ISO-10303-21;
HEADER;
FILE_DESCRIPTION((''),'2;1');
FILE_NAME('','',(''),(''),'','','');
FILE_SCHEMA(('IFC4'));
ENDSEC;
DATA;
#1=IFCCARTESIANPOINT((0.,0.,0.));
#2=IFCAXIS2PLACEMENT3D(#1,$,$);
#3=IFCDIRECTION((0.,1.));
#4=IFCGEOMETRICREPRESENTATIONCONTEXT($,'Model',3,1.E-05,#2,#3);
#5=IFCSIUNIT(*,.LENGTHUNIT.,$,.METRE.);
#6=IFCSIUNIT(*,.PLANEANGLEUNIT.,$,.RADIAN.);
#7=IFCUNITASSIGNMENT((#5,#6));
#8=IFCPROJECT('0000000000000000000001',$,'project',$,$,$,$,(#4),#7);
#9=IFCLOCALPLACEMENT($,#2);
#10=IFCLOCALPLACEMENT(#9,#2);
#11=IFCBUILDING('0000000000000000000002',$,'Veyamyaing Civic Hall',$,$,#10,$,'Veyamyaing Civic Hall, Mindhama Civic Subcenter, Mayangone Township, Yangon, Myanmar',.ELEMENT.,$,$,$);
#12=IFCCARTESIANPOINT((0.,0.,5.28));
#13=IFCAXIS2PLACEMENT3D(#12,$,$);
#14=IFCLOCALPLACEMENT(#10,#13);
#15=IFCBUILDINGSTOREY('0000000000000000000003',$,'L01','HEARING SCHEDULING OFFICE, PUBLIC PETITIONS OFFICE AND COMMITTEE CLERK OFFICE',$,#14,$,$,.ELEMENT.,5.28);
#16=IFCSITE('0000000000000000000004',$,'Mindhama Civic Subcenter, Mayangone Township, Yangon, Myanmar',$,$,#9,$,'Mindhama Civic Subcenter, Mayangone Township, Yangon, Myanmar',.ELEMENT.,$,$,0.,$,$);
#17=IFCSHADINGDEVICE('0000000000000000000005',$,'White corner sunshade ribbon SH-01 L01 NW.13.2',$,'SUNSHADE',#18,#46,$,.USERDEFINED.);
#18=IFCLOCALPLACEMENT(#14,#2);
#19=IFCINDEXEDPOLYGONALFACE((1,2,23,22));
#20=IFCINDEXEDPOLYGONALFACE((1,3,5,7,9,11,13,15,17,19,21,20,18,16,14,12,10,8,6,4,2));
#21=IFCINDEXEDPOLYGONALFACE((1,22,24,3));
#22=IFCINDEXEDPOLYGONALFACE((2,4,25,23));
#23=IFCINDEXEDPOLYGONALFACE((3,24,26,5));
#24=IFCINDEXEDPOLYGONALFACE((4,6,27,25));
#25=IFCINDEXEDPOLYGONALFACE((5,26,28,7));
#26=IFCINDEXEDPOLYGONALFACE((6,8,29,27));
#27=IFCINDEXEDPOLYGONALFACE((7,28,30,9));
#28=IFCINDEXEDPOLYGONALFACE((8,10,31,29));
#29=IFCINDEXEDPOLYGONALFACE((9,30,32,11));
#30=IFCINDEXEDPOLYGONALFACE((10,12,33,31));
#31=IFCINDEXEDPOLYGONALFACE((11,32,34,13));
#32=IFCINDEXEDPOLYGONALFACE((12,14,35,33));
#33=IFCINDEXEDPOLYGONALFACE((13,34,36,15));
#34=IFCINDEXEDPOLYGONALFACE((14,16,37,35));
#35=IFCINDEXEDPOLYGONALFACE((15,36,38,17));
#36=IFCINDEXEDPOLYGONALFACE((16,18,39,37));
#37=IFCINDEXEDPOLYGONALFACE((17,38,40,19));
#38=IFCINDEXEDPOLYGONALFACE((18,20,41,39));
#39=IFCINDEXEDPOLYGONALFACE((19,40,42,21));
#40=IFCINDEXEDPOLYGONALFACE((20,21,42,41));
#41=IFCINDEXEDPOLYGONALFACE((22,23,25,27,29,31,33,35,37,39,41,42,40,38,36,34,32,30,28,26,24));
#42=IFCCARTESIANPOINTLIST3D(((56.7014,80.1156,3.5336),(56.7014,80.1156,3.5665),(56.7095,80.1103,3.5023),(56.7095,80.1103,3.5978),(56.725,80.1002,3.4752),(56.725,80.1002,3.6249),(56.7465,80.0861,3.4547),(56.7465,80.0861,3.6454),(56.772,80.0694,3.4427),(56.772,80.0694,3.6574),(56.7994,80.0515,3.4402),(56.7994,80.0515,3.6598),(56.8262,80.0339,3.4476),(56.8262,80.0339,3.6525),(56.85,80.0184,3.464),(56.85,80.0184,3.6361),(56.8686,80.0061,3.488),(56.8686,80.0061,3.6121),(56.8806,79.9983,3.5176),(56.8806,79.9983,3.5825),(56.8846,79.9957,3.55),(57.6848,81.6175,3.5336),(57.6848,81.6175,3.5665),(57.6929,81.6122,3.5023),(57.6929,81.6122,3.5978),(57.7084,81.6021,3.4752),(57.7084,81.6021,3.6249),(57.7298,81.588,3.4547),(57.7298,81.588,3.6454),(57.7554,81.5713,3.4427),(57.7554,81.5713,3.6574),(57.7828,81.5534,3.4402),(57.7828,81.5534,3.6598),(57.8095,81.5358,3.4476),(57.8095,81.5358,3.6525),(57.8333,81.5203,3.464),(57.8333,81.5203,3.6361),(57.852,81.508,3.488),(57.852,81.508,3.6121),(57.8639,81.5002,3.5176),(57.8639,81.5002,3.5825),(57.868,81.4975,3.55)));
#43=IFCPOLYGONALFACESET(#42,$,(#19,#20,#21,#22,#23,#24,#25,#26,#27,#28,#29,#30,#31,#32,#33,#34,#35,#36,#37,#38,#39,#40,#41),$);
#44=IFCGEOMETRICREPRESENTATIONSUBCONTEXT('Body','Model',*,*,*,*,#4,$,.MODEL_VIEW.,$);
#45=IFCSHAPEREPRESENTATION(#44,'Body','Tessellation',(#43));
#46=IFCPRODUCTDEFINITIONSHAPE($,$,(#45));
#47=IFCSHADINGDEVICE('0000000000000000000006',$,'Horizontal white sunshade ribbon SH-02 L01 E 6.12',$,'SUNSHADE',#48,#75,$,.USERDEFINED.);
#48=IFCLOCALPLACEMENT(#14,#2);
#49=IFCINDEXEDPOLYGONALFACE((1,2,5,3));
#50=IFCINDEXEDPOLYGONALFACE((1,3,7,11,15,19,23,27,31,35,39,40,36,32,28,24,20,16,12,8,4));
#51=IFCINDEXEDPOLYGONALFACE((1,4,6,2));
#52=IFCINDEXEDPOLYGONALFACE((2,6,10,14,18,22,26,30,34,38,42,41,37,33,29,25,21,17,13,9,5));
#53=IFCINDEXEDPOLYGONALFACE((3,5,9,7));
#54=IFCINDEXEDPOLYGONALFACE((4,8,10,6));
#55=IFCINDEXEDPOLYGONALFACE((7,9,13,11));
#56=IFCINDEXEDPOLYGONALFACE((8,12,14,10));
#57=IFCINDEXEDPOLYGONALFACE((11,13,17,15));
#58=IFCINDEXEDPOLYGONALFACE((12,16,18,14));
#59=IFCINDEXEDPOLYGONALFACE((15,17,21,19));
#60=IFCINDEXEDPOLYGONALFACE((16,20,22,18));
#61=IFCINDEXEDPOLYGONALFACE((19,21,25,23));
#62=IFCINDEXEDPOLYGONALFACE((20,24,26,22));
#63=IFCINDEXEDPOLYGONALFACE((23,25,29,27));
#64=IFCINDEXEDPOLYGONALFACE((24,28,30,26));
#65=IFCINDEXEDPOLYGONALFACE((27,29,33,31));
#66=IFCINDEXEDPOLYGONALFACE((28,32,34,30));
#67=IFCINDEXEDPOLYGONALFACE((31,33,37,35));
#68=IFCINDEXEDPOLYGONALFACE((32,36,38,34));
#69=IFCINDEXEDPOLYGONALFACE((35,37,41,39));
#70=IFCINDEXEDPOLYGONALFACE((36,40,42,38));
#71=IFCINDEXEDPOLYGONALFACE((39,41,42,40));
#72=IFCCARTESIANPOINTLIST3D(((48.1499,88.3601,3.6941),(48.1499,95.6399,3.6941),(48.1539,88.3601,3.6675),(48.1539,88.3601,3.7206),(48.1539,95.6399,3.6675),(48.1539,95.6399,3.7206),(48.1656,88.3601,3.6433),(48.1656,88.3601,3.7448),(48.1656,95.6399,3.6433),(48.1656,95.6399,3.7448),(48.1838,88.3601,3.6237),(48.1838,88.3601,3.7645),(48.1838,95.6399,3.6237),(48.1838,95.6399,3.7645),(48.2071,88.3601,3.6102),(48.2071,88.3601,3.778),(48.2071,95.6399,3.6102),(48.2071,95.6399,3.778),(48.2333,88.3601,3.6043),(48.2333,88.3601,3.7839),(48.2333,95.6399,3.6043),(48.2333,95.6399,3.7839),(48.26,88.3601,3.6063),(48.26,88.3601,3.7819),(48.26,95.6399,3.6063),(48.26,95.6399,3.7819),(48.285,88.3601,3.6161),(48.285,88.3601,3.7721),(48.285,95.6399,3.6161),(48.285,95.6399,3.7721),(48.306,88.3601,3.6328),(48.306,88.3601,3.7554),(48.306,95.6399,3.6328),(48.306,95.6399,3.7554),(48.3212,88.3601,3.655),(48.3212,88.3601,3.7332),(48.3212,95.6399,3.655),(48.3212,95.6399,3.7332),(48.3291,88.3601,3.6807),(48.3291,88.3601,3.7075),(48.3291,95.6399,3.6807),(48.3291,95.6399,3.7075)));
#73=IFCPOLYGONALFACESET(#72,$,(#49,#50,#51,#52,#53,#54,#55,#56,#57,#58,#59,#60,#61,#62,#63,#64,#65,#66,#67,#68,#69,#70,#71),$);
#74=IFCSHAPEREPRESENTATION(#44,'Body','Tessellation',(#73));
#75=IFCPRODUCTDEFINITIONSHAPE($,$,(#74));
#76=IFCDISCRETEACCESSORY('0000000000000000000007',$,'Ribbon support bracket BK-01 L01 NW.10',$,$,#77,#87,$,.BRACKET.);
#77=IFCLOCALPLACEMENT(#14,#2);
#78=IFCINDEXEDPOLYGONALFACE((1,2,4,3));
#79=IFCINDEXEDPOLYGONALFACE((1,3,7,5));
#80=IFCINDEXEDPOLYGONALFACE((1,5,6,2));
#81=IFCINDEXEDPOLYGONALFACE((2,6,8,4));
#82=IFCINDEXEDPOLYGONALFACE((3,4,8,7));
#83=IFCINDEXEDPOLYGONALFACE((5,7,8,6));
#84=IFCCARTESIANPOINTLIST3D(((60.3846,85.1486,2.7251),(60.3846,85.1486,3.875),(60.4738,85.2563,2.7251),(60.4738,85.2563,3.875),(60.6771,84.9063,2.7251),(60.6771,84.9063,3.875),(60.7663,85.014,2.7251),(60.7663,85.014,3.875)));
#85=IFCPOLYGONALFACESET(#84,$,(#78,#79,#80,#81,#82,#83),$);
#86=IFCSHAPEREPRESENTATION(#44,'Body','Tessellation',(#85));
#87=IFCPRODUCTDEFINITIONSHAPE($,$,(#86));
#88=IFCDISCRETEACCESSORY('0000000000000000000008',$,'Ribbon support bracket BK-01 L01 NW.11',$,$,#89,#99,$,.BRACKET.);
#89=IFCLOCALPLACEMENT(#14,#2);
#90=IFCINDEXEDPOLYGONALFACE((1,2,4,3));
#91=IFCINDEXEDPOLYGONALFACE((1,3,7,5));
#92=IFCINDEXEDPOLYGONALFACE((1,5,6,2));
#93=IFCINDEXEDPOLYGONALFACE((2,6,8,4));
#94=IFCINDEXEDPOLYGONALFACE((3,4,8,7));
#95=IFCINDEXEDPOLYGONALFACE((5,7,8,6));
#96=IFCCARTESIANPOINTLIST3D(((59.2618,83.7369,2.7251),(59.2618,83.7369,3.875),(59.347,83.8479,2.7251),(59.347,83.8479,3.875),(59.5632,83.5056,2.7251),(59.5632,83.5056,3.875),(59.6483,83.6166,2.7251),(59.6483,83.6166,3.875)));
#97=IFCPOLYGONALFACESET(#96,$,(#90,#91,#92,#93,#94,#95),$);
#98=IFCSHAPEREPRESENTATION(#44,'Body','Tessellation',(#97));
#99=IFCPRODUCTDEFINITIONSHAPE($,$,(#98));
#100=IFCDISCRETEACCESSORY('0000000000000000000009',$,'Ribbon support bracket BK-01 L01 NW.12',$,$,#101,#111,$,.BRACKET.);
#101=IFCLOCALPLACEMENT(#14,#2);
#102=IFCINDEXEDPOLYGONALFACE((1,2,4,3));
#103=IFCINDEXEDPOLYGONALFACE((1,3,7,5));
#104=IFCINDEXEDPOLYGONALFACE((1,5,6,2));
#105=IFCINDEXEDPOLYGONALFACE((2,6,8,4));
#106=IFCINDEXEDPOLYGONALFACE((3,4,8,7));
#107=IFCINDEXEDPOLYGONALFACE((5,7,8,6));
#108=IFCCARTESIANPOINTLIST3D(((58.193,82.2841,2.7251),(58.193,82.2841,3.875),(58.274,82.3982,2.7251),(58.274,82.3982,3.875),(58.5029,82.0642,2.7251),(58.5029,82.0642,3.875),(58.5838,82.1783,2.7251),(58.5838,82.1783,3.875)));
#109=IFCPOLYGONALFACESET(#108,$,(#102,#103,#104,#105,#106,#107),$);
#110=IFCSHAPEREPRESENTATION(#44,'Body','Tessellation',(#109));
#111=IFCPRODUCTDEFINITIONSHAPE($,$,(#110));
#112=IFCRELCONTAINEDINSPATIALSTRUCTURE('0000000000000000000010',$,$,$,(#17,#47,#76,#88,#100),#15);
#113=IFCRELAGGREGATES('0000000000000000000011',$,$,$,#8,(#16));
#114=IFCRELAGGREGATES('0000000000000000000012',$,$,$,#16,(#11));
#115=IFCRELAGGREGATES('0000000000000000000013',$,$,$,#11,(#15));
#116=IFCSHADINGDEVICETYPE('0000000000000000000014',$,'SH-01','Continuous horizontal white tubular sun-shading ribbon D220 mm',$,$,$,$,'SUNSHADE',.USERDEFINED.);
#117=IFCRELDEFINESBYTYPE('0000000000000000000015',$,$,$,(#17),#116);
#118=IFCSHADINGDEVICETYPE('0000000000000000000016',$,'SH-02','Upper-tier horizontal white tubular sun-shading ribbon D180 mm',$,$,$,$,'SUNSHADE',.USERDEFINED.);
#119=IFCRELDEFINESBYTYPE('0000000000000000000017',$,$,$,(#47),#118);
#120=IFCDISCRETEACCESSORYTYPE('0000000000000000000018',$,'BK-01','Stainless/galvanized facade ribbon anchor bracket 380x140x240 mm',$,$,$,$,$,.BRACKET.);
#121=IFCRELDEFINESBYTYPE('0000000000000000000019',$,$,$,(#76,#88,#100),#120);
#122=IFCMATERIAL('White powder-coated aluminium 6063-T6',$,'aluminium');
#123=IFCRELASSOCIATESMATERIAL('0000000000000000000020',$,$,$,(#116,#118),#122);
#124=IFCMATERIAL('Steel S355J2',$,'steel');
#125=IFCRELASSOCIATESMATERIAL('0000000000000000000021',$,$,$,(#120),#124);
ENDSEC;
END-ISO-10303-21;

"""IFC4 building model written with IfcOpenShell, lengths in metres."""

from ifc_helpers import new_model, si_unit, direction, frame, origin, origin_2d, place, context, subcontext, project, spatial, rectangle, circle, extrude, material, material_profile, profile_set, type_object, element, save


model = new_model("IFC4")

# Units and contexts
model_context = context("Model", 3, precision=1e-05, world=origin(), true_north=direction((0.0, 1.0)))
body_context = subcontext(model_context, "Body", "Model", "MODEL_VIEW")
ifc_project = project(units=[si_unit("LENGTHUNIT", "METRE"), si_unit("PLANEANGLEUNIT", "RADIAN")], contexts=[model_context])

# Site, building, storey
site_placement = place(None, origin())
site = spatial("IfcSite", under=ifc_project, at=site_placement, Name="Mindhama Civic Subcenter, Mayangone Township, Yangon, Myanmar", LongName="Mindhama Civic Subcenter, Mayangone Township, Yangon, Myanmar", CompositionType="ELEMENT", RefElevation=0.0)
building_placement = place(site_placement, origin())
building = spatial("IfcBuilding", under=site, at=building_placement, Name="Veyamyaing Civic Hall", LongName="Veyamyaing Civic Hall, Mindhama Civic Subcenter, Mayangone Township, Yangon, Myanmar", CompositionType="ELEMENT")
storey_placement = place(building_placement, frame((0.0, 0.0, 5.28)))
storey = spatial("IfcBuildingStorey", under=building, at=storey_placement, Name="L01", Description="HEARING SCHEDULING OFFICE, PUBLIC PETITIONS OFFICE AND COMMITTEE CLERK OFFICE", CompositionType="ELEMENT", Elevation=5.28)

# Shared definitions
ifc_material_1 = material(Name="White powder-coated aluminium 6063-T6", Category="aluminium")

# Shading devices
ifc_material_profile_1 = material_profile(ifc_material_1, circle(Radius=0.1101, at=origin_2d()), Name="SHADE-TUBE-220")
ifc_profile_set_1 = profile_set([ifc_material_profile_1], Name="White powder-coated aluminium 6063-T6")
shading_device_type_1 = type_object("IfcShadingDeviceType", Name="SH-01", Description="Continuous horizontal white tubular sun-shading ribbon D220 mm", ElementType="SUNSHADE", PredefinedType="USERDEFINED", material=ifc_profile_set_1)
for number, where, z_axis, x_axis, name in (
    (1, (57.7759, 81.5579, 3.55), (-0.547777, -0.836624, 0.0), (0.836624, -0.547777, 0.0), "White corner sunshade ribbon SH-01 L01 NW.13.2"),
):
    element("IfcShadingDevice", number, at=place(storey_placement, frame(where, z_axis=z_axis, x_axis=x_axis)), inside=storey, type_object=shading_device_type_1, Name=name, ObjectType="SUNSHADE", PredefinedType="USERDEFINED", context=body_context, shape_type="SweptSolid", body=[
        extrude(circle(Radius=0.1101, at=origin_2d()), origin(), (0.0, 0.0, 1.0), 1.7952),
    ])
ifc_material_profile_2 = material_profile(ifc_material_1, circle(Radius=0.0901, at=origin_2d()), Name="SHADE-TUBE-180")
ifc_profile_set_2 = profile_set([ifc_material_profile_2], Name="White powder-coated aluminium 6063-T6")
shading_device_type_2 = type_object("IfcShadingDeviceType", Name="SH-02", Description="Upper-tier horizontal white tubular sun-shading ribbon D180 mm", ElementType="SUNSHADE", PredefinedType="USERDEFINED", material=ifc_profile_set_2)
shading_device_placement = place(storey_placement, frame((48.24, 88.3601, 3.6941), z_axis=(0.0, 1.0, 0.0), x_axis=(-1.0, 0.0, 0.0)))
element("IfcShadingDevice", 2, at=shading_device_placement, inside=storey, type_object=shading_device_type_2, Name="Horizontal white sunshade ribbon SH-02 L01 E 6.12", ObjectType="SUNSHADE", PredefinedType="USERDEFINED", context=body_context, shape_type="SweptSolid", body=[
    extrude(circle(Radius=0.0901, at=origin_2d()), origin(), (0.0, 0.0, 1.0), 7.2798),
])

# Discrete accessories
ifc_material_2 = material(Name="Steel S355J2", Category="steel")
discrete_accessory_type = type_object("IfcDiscreteAccessoryType", Name="BK-01", Description="Stainless/galvanized facade ribbon anchor bracket 380x140x240 mm", PredefinedType="BRACKET", material=ifc_material_2)
for number, where, z_axis, x_axis, name in (
    (3, (60.5754, 85.0813, 2.7251), (0.0, 0.0, 1.0), (-0.770036, 0.638, 0.0), "Ribbon support bracket BK-01 L01 NW.10"),
    (4, (59.4551, 83.6768, 2.7251), (0.0, 0.0, 1.0), (-0.793353, 0.608761, 0.0), "Ribbon support bracket BK-01 L01 NW.11"),
    (5, (58.3884, 82.2312, 2.7251), (0.0, 0.0, 1.0), (-0.815561, 0.578671, 0.0), "Ribbon support bracket BK-01 L01 NW.12"),
):
    element("IfcDiscreteAccessory", number, at=place(storey_placement, frame(where, z_axis=z_axis, x_axis=x_axis)), inside=storey, type_object=discrete_accessory_type, Name=name, PredefinedType="BRACKET", context=body_context, shape_type="SweptSolid", body=[
        extrude(rectangle(XDim=0.3799, YDim=0.1399, at=origin_2d()), origin(), (0.0, 0.0, 1.0), 1.1499),
    ])

save(model, "model.ifc")
